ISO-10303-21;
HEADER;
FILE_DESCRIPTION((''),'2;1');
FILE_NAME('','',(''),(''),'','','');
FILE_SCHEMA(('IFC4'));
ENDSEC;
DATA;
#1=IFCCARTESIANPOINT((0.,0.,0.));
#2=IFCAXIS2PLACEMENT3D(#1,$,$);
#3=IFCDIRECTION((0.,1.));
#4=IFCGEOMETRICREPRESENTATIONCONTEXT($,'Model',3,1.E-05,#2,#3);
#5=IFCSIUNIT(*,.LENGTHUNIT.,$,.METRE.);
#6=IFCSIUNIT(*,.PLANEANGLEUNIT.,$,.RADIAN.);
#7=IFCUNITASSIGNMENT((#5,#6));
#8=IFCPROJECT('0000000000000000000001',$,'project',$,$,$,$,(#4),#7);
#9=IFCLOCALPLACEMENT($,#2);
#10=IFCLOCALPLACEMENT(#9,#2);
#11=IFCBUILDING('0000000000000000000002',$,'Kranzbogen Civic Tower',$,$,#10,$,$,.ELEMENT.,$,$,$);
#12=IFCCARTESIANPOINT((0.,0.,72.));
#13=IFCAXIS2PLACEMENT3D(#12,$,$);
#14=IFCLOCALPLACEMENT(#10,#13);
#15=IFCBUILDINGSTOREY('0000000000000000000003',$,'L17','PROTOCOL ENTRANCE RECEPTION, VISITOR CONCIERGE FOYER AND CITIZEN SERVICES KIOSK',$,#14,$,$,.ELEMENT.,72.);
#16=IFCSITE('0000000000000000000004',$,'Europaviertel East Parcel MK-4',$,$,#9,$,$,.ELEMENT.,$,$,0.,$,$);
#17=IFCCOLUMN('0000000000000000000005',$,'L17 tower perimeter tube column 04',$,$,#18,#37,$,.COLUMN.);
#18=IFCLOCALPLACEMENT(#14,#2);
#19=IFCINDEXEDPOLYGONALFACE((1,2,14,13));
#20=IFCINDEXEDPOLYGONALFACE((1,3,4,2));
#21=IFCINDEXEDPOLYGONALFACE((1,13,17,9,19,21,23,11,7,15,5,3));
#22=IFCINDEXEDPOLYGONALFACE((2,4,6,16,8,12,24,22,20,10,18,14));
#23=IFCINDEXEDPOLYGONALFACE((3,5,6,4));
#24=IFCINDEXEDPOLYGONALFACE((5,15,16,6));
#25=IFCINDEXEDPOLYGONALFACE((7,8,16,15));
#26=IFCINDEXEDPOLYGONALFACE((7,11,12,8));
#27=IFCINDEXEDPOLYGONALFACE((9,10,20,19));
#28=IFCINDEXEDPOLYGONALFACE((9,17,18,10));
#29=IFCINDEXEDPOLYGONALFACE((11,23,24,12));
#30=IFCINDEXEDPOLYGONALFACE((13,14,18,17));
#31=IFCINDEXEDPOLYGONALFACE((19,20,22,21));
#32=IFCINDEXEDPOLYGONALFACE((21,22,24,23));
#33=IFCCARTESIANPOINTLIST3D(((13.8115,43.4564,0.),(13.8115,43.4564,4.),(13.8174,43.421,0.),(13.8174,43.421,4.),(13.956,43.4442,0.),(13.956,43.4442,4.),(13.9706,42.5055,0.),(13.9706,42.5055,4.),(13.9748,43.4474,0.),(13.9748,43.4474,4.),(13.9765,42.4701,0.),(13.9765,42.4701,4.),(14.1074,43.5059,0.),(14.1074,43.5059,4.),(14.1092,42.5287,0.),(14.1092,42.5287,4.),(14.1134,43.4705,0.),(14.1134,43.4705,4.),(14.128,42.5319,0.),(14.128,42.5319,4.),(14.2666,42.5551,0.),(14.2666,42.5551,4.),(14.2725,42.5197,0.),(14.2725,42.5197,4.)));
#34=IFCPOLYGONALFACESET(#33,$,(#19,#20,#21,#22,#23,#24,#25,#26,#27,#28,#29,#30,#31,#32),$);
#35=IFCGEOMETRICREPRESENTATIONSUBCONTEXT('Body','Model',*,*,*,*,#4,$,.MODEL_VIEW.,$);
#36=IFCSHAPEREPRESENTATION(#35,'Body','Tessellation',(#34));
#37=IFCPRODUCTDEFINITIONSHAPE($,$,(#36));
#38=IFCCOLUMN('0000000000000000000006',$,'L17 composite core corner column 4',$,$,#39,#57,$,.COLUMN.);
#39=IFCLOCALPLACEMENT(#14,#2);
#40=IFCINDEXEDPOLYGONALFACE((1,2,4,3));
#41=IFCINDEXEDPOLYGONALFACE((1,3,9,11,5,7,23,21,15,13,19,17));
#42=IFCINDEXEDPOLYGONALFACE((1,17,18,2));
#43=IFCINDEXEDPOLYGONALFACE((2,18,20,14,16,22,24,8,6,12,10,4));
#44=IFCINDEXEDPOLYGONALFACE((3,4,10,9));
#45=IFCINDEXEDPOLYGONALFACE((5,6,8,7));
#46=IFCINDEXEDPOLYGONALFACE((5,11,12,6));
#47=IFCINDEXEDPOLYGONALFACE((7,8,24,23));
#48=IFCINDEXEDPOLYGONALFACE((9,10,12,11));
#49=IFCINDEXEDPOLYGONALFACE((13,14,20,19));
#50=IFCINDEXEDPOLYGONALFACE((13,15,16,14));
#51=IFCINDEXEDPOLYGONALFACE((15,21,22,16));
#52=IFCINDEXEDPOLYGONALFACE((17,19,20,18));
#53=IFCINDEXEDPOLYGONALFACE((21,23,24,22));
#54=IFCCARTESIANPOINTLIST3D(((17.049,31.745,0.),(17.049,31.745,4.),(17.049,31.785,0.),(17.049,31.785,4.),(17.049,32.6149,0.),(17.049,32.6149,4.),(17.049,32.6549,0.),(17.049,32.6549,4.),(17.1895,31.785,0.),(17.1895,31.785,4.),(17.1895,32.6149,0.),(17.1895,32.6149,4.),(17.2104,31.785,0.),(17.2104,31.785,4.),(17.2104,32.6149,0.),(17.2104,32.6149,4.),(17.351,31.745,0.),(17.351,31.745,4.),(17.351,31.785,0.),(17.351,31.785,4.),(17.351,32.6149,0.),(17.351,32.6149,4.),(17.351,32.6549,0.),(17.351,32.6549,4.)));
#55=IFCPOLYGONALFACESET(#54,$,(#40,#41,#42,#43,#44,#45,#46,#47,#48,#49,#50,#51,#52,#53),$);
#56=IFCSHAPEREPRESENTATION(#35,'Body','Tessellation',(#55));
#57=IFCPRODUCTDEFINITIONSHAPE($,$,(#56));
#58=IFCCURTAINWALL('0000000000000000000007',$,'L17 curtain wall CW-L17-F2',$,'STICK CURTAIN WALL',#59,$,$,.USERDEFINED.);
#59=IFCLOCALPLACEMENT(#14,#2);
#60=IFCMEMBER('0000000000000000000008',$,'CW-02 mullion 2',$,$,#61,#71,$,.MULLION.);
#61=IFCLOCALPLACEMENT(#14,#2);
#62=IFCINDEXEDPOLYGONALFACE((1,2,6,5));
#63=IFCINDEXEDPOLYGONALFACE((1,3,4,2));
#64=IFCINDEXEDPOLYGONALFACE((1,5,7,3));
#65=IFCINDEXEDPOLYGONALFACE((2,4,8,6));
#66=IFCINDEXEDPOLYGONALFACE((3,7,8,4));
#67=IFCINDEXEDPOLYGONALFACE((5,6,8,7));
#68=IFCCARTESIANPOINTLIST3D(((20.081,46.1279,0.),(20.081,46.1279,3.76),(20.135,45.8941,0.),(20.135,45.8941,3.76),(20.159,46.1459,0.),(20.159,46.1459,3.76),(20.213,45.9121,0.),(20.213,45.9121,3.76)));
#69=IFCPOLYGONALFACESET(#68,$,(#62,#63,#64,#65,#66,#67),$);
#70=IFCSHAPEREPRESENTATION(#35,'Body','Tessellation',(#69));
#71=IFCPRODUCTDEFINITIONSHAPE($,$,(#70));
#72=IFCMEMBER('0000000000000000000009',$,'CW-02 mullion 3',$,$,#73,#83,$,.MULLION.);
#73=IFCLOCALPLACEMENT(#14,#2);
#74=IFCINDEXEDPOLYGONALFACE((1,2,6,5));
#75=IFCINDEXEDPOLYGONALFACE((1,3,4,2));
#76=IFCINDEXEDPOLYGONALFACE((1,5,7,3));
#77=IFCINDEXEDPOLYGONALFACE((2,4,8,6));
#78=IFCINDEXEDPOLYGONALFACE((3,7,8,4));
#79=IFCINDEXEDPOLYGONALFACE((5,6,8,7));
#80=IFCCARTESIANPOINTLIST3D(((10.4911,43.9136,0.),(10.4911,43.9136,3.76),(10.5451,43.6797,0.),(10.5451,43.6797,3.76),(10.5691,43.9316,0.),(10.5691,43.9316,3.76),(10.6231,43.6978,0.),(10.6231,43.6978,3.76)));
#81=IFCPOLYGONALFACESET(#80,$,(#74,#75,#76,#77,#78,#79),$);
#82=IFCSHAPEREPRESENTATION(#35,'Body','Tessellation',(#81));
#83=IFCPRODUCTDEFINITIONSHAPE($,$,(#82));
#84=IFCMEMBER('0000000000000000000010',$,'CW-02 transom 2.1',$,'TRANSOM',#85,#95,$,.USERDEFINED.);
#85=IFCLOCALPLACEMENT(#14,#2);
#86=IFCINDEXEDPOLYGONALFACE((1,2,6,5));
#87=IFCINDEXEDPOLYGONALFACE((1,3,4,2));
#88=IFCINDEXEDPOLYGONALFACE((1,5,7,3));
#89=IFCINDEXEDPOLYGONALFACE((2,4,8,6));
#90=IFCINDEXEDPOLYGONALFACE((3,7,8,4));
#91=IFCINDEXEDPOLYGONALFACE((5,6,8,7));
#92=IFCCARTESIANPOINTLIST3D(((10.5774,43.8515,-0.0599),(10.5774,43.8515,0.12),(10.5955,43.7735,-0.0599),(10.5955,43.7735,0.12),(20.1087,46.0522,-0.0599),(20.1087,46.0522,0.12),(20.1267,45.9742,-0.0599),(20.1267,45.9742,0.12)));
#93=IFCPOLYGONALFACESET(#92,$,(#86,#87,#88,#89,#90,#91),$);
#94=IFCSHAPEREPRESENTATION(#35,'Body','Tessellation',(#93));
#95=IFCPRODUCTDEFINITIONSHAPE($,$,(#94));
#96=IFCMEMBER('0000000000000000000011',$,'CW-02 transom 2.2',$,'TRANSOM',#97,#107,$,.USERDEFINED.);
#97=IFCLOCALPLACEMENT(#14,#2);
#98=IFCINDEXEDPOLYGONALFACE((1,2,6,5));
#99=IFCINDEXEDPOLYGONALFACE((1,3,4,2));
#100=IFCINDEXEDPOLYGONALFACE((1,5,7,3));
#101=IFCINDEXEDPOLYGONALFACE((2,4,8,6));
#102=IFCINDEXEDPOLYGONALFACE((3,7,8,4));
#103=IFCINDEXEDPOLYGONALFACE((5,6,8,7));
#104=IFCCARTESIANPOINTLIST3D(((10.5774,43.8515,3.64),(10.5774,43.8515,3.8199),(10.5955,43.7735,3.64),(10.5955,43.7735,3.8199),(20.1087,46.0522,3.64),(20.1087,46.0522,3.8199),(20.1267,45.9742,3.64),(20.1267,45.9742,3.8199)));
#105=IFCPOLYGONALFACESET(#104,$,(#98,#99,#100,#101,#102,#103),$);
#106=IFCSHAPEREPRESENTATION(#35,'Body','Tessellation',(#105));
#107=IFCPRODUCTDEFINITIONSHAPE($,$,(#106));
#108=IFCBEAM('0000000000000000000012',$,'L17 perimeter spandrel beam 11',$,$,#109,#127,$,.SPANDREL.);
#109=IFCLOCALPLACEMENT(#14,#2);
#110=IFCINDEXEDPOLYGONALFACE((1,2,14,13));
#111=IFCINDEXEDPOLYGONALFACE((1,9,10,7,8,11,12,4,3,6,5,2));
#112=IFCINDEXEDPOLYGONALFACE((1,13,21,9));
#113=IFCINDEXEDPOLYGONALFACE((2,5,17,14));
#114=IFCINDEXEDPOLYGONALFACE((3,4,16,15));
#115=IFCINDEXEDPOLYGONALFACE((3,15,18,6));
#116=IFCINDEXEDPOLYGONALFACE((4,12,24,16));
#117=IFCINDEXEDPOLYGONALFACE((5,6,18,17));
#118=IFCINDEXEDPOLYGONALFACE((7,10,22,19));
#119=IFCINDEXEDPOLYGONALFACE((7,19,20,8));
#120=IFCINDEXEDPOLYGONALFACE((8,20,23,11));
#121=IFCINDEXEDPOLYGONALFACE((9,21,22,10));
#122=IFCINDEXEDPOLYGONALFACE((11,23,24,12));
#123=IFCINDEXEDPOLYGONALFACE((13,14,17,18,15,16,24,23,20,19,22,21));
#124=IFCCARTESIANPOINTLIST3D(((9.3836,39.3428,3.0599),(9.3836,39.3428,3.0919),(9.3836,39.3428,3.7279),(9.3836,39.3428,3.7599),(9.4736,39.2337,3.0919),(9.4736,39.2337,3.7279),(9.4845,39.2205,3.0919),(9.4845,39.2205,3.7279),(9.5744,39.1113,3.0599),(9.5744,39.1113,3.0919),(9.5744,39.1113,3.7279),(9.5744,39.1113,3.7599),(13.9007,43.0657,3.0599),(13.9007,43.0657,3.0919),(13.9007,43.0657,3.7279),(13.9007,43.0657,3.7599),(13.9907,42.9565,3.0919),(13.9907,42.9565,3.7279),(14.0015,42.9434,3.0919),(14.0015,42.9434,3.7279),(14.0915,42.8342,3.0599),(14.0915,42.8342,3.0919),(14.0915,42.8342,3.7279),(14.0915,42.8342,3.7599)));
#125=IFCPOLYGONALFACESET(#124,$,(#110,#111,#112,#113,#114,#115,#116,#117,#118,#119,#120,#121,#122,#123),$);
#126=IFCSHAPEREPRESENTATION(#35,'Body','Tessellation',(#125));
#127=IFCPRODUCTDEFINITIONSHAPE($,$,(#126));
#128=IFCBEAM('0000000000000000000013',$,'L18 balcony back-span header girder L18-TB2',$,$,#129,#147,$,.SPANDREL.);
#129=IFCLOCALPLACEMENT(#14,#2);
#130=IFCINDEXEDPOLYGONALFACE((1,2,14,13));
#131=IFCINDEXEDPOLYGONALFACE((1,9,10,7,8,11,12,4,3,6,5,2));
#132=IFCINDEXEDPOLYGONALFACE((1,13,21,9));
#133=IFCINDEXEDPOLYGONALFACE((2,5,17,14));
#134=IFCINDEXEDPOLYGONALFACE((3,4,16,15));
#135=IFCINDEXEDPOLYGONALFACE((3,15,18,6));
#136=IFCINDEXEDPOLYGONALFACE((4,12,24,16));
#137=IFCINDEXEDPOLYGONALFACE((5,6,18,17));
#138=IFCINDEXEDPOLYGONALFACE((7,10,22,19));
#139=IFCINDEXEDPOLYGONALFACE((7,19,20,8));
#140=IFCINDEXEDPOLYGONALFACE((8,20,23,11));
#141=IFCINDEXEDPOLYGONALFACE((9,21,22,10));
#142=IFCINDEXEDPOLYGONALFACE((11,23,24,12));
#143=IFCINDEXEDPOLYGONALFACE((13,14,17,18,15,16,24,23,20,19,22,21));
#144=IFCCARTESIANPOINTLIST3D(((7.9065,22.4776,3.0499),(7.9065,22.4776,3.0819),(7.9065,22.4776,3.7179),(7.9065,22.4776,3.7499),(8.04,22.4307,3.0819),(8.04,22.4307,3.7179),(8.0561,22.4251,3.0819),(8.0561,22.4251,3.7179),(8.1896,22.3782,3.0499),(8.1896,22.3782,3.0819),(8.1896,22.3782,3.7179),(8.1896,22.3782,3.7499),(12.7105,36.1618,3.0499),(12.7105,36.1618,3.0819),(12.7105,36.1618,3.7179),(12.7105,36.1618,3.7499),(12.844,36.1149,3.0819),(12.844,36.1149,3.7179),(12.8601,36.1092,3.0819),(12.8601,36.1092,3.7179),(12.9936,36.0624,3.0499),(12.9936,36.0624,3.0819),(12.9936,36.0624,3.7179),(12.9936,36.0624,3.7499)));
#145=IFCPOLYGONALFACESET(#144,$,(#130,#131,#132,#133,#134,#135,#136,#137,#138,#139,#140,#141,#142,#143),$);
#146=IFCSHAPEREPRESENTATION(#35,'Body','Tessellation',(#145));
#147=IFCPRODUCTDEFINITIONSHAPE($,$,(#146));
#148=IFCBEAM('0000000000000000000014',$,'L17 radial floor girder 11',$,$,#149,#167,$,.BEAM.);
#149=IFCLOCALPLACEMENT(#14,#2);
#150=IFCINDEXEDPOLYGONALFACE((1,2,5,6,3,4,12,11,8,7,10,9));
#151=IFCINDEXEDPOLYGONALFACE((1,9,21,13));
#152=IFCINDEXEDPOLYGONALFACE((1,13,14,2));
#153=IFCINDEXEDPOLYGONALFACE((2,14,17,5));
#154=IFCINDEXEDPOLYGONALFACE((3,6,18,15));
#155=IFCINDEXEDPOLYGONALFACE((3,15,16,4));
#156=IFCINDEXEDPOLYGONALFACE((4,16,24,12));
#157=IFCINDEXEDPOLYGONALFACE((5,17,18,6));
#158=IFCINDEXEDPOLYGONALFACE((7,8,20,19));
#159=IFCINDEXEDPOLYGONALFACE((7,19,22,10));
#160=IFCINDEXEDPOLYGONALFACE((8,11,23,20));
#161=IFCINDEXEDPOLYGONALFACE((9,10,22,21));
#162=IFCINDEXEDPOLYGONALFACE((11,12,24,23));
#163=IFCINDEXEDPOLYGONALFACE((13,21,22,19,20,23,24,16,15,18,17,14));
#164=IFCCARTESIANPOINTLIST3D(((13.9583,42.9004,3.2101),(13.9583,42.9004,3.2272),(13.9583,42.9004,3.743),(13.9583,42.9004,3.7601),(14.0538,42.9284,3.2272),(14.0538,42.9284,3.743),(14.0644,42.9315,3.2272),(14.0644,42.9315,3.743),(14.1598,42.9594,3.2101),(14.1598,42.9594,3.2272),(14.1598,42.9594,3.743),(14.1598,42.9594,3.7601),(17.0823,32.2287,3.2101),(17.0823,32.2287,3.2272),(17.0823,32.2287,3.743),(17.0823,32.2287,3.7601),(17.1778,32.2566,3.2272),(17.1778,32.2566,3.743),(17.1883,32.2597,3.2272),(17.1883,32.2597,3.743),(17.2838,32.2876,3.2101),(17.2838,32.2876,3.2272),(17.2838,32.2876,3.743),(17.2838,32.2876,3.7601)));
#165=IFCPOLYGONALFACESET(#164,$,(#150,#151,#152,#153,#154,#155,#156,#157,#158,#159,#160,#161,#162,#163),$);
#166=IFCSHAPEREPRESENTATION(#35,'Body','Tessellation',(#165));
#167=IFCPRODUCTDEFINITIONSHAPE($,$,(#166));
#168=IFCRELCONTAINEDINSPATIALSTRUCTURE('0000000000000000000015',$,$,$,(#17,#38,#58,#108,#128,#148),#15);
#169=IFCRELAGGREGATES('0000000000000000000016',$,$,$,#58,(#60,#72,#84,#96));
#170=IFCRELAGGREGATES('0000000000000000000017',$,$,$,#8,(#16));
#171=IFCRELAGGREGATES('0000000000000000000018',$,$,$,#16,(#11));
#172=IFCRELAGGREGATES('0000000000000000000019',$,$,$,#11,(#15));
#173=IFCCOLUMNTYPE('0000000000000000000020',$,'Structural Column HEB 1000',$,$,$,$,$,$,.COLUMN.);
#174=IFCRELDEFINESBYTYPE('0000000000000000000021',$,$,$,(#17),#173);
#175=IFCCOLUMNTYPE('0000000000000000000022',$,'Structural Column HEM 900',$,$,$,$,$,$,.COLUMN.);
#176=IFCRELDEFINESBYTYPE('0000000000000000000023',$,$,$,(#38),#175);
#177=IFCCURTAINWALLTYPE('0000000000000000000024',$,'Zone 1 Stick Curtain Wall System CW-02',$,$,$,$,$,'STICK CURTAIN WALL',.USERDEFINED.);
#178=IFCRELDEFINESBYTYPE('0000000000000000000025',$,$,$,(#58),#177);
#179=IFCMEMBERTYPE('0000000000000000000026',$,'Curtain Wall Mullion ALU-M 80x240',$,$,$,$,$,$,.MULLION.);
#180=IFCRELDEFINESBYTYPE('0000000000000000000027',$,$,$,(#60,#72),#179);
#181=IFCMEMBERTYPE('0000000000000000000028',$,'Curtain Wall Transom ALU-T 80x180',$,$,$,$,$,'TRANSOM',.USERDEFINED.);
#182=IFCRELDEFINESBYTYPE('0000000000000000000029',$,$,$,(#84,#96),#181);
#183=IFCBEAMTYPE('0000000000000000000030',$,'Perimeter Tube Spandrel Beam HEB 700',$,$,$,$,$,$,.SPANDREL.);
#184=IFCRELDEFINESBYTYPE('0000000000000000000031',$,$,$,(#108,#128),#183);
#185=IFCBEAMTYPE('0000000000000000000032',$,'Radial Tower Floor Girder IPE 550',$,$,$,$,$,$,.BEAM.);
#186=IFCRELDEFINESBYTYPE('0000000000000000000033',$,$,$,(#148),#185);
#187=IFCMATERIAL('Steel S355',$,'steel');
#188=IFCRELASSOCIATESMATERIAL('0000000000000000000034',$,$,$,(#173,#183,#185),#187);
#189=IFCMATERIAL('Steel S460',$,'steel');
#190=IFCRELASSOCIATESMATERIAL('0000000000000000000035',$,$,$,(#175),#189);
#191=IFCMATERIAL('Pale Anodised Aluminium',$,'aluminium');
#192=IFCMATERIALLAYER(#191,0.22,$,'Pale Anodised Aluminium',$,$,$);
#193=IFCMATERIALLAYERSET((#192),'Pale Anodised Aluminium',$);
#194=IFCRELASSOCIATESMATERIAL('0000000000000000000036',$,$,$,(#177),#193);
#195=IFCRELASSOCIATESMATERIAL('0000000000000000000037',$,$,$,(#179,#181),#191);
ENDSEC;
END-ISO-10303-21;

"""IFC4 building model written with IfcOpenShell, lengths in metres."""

from ifc_helpers import new_model, si_unit, direction, frame, origin, origin_2d, place, context, subcontext, project, spatial, rectangle, i_section, extrude, material, layer, layer_set, material_profile, profile_set, type_object, element, aggregate, save


model = new_model("IFC4")

# Units and contexts
model_context = context("Model", 3, precision=1e-05, world=origin(), true_north=direction((0.0, 1.0)))
body_context = subcontext(model_context, "Body", "Model", "MODEL_VIEW")
ifc_project = project(units=[si_unit("LENGTHUNIT", "METRE"), si_unit("PLANEANGLEUNIT", "RADIAN")], contexts=[model_context])

# Site, building, storey
site_placement = place(None, origin())
site = spatial("IfcSite", under=ifc_project, at=site_placement, Name="Europaviertel East Parcel MK-4", CompositionType="ELEMENT", RefElevation=0.0)
building_placement = place(site_placement, origin())
building = spatial("IfcBuilding", under=site, at=building_placement, Name="Kranzbogen Civic Tower", CompositionType="ELEMENT")
storey_placement = place(building_placement, frame((0.0, 0.0, 72.0)))
storey = spatial("IfcBuildingStorey", under=building, at=storey_placement, Name="L17", Description="PROTOCOL ENTRANCE RECEPTION, VISITOR CONCIERGE FOYER AND CITIZEN SERVICES KIOSK", CompositionType="ELEMENT", Elevation=72.0)

# Columns
ifc_material_1 = material(Name="Steel S355", Category="steel")
ifc_material_profile_1 = material_profile(ifc_material_1, i_section(OverallWidth=0.3, OverallDepth=1.0, WebThickness=0.019, FlangeThickness=0.0359, at=origin_2d()), Name="HEB 1000")
ifc_profile_set_1 = profile_set([ifc_material_profile_1], Name="Steel S355")
column_type_1 = type_object("IfcColumnType", Name="Structural Column HEB 1000", PredefinedType="COLUMN", material=ifc_profile_set_1)
column_1_placement = place(storey_placement, frame((14.042, 42.988, 0.0), z_axis=(0.0, 0.0, 1.0), x_axis=(0.986286, 0.165048, 0.0)))
element("IfcColumn", 1, at=column_1_placement, inside=storey, type_object=column_type_1, Name="L17 tower perimeter tube column 04", PredefinedType="COLUMN", context=body_context, shape_type="SweptSolid", body=[
    extrude(i_section(OverallWidth=0.3, OverallDepth=1.0, WebThickness=0.019, FlangeThickness=0.0359, at=origin_2d()), origin(), (0.0, 0.0, 1.0), 4.0),
])
ifc_material_2 = material(Name="Steel S460", Category="steel")
ifc_material_profile_2 = material_profile(ifc_material_2, i_section(OverallWidth=0.302, OverallDepth=0.9099, WebThickness=0.021, FlangeThickness=0.04, at=origin_2d()), Name="HEM 900")
ifc_profile_set_2 = profile_set([ifc_material_profile_2], Name="Steel S460")
column_type_2 = type_object("IfcColumnType", Name="Structural Column HEM 900", PredefinedType="COLUMN", material=ifc_profile_set_2)
column_2_placement = place(storey_placement, frame((17.2, 32.2, 0.0), z_axis=(0.0, 0.0, 1.0), x_axis=(1.0, 0.0, 0.0)))
element("IfcColumn", 2, at=column_2_placement, inside=storey, type_object=column_type_2, Name="L17 composite core corner column 4", PredefinedType="COLUMN", context=body_context, shape_type="SweptSolid", body=[
    extrude(i_section(OverallWidth=0.302, OverallDepth=0.9099, WebThickness=0.021, FlangeThickness=0.04, at=origin_2d()), origin(), (0.0, 0.0, 1.0), 4.0),
])

# Curtain wall, members
ifc_material_3 = material(Name="Pale Anodised Aluminium", Category="aluminium")
ifc_layer_1 = layer(ifc_material_3, 0.22, Name="Pale Anodised Aluminium")
ifc_layer_set_1 = layer_set([ifc_layer_1], Name="Pale Anodised Aluminium")
curtain_wall_type = type_object("IfcCurtainWallType", Name="Zone 1 Stick Curtain Wall System CW-02", ElementType="STICK CURTAIN WALL", PredefinedType="USERDEFINED", material=ifc_layer_set_1)
curtain_wall_placement = place(storey_placement, origin())
curtain_wall = element("IfcCurtainWall", 3, at=curtain_wall_placement, inside=storey, type_object=curtain_wall_type, Name="L17 curtain wall CW-L17-F2", ObjectType="STICK CURTAIN WALL", PredefinedType="USERDEFINED")
ifc_material_profile_3 = material_profile(ifc_material_3, rectangle(XDim=0.0801, YDim=0.24, at=origin_2d()), Name="ALU-M 80x240")
ifc_profile_set_3 = profile_set([ifc_material_profile_3], Name="Pale Anodised Aluminium")
member_type_1 = type_object("IfcMemberType", Name="Curtain Wall Mullion ALU-M 80x240", PredefinedType="MULLION", material=ifc_profile_set_3)
member_1_placement = place(storey_placement, frame((20.147, 46.02, 0.0), z_axis=(0.0, 0.0, 1.0), x_axis=(-0.974364, -0.224978, 0.0)))
member_1 = element("IfcMember", 4, at=member_1_placement, type_object=member_type_1, Name="CW-02 mullion 2", PredefinedType="MULLION", context=body_context, shape_type="SweptSolid", body=[
    extrude(rectangle(XDim=0.0801, YDim=0.24, at=origin_2d()), origin(), (0.0, 0.0, 1.0), 3.76),
])
member_2_placement = place(storey_placement, frame((10.5571, 43.8057, 0.0), z_axis=(0.0, 0.0, 1.0), x_axis=(-0.974364, -0.224978, 0.0)))
member_2 = element("IfcMember", 5, at=member_2_placement, type_object=member_type_1, Name="CW-02 mullion 3", PredefinedType="MULLION", context=body_context, shape_type="SweptSolid", body=[
    extrude(rectangle(XDim=0.0801, YDim=0.24, at=origin_2d()), origin(), (0.0, 0.0, 1.0), 3.76),
])
ifc_material_profile_4 = material_profile(ifc_material_3, rectangle(XDim=0.0801, YDim=0.1799, at=origin_2d()), Name="ALU-T 80x180")
ifc_profile_set_4 = profile_set([ifc_material_profile_4], Name="Pale Anodised Aluminium")
member_type_2 = type_object("IfcMemberType", Name="Curtain Wall Transom ALU-T 80x180", ElementType="TRANSOM", PredefinedType="USERDEFINED", material=ifc_profile_set_4)
member_3_placement = place(storey_placement, frame((20.1177, 46.0132, 0.03), z_axis=(-0.974365, -0.224973, 0.0), x_axis=(0.224973, -0.974365, 0.0)))
member_3 = element("IfcMember", 6, at=member_3_placement, type_object=member_type_2, Name="CW-02 transom 2.1", ObjectType="TRANSOM", PredefinedType="USERDEFINED", context=body_context, shape_type="SweptSolid", body=[
    extrude(rectangle(XDim=0.0801, YDim=0.1799, at=origin_2d()), origin(), (0.0, 0.0, 1.0), 9.782),
])
member_4_placement = place(storey_placement, frame((20.1177, 46.0132, 3.73), z_axis=(-0.974365, -0.224973, 0.0), x_axis=(0.224973, -0.974365, 0.0)))
member_4 = element("IfcMember", 7, at=member_4_placement, type_object=member_type_2, Name="CW-02 transom 2.2", ObjectType="TRANSOM", PredefinedType="USERDEFINED", context=body_context, shape_type="SweptSolid", body=[
    extrude(rectangle(XDim=0.0801, YDim=0.1799, at=origin_2d()), origin(), (0.0, 0.0, 1.0), 9.782),
])

# Beams
ifc_material_profile_5 = material_profile(ifc_material_1, i_section(OverallWidth=0.3, OverallDepth=0.7, WebThickness=0.0171, FlangeThickness=0.032, at=origin_2d()), Name="HEB 700")
ifc_profile_set_5 = profile_set([ifc_material_profile_5], Name="Steel S355")
beam_type_1 = type_object("IfcBeamType", Name="Perimeter Tube Spandrel Beam HEB 700", PredefinedType="SPANDREL", material=ifc_profile_set_5)
beam_1_placement = place(storey_placement, frame((13.9961, 42.95, 3.4099), z_axis=(-0.771683, -0.636007, 0.0), x_axis=(0.636007, -0.771683, 0.0)))
element("IfcBeam", 8, at=beam_1_placement, inside=storey, type_object=beam_type_1, Name="L17 perimeter spandrel beam 11", PredefinedType="SPANDREL", context=body_context, shape_type="SweptSolid", body=[
    extrude(i_section(OverallWidth=0.3, OverallDepth=0.7, WebThickness=0.0171, FlangeThickness=0.032, at=origin_2d()), origin(), (0.0, 0.0, 1.0), 5.8535),
])
beam_2_placement = place(storey_placement, frame((12.8521, 36.1121, 3.3999), z_axis=(-0.331243, -0.943546, 0.0), x_axis=(0.943546, -0.331243, 0.0)))
element("IfcBeam", 9, at=beam_2_placement, inside=storey, type_object=beam_type_1, Name="L18 balcony back-span header girder L18-TB2", PredefinedType="SPANDREL", context=body_context, shape_type="SweptSolid", body=[
    extrude(i_section(OverallWidth=0.3, OverallDepth=0.7, WebThickness=0.0171, FlangeThickness=0.032, at=origin_2d()), origin(), (0.0, 0.0, 1.0), 14.5029),
])
ifc_material_profile_6 = material_profile(ifc_material_1, i_section(OverallWidth=0.21, OverallDepth=0.55, WebThickness=0.011, FlangeThickness=0.0171, at=origin_2d()), Name="IPE 550")
ifc_profile_set_6 = profile_set([ifc_material_profile_6], Name="Steel S355")
beam_type_2 = type_object("IfcBeamType", Name="Radial Tower Floor Girder IPE 550", PredefinedType="BEAM", material=ifc_profile_set_6)
beam_3_placement = place(storey_placement, frame((14.0591, 42.9299, 3.4851), z_axis=(0.280944, -0.959724, 0.0), x_axis=(0.959724, 0.280944, 0.0)))
element("IfcBeam", 10, at=beam_3_placement, inside=storey, type_object=beam_type_2, Name="L17 radial floor girder 11", PredefinedType="BEAM", context=body_context, shape_type="SweptSolid", body=[
    extrude(i_section(OverallWidth=0.21, OverallDepth=0.55, WebThickness=0.011, FlangeThickness=0.0171, at=origin_2d()), origin(), (0.0, 0.0, 1.0), 11.1196),
])

aggregate(curtain_wall, [member_1, member_2, member_3, member_4])

save(model, "model.ifc")
